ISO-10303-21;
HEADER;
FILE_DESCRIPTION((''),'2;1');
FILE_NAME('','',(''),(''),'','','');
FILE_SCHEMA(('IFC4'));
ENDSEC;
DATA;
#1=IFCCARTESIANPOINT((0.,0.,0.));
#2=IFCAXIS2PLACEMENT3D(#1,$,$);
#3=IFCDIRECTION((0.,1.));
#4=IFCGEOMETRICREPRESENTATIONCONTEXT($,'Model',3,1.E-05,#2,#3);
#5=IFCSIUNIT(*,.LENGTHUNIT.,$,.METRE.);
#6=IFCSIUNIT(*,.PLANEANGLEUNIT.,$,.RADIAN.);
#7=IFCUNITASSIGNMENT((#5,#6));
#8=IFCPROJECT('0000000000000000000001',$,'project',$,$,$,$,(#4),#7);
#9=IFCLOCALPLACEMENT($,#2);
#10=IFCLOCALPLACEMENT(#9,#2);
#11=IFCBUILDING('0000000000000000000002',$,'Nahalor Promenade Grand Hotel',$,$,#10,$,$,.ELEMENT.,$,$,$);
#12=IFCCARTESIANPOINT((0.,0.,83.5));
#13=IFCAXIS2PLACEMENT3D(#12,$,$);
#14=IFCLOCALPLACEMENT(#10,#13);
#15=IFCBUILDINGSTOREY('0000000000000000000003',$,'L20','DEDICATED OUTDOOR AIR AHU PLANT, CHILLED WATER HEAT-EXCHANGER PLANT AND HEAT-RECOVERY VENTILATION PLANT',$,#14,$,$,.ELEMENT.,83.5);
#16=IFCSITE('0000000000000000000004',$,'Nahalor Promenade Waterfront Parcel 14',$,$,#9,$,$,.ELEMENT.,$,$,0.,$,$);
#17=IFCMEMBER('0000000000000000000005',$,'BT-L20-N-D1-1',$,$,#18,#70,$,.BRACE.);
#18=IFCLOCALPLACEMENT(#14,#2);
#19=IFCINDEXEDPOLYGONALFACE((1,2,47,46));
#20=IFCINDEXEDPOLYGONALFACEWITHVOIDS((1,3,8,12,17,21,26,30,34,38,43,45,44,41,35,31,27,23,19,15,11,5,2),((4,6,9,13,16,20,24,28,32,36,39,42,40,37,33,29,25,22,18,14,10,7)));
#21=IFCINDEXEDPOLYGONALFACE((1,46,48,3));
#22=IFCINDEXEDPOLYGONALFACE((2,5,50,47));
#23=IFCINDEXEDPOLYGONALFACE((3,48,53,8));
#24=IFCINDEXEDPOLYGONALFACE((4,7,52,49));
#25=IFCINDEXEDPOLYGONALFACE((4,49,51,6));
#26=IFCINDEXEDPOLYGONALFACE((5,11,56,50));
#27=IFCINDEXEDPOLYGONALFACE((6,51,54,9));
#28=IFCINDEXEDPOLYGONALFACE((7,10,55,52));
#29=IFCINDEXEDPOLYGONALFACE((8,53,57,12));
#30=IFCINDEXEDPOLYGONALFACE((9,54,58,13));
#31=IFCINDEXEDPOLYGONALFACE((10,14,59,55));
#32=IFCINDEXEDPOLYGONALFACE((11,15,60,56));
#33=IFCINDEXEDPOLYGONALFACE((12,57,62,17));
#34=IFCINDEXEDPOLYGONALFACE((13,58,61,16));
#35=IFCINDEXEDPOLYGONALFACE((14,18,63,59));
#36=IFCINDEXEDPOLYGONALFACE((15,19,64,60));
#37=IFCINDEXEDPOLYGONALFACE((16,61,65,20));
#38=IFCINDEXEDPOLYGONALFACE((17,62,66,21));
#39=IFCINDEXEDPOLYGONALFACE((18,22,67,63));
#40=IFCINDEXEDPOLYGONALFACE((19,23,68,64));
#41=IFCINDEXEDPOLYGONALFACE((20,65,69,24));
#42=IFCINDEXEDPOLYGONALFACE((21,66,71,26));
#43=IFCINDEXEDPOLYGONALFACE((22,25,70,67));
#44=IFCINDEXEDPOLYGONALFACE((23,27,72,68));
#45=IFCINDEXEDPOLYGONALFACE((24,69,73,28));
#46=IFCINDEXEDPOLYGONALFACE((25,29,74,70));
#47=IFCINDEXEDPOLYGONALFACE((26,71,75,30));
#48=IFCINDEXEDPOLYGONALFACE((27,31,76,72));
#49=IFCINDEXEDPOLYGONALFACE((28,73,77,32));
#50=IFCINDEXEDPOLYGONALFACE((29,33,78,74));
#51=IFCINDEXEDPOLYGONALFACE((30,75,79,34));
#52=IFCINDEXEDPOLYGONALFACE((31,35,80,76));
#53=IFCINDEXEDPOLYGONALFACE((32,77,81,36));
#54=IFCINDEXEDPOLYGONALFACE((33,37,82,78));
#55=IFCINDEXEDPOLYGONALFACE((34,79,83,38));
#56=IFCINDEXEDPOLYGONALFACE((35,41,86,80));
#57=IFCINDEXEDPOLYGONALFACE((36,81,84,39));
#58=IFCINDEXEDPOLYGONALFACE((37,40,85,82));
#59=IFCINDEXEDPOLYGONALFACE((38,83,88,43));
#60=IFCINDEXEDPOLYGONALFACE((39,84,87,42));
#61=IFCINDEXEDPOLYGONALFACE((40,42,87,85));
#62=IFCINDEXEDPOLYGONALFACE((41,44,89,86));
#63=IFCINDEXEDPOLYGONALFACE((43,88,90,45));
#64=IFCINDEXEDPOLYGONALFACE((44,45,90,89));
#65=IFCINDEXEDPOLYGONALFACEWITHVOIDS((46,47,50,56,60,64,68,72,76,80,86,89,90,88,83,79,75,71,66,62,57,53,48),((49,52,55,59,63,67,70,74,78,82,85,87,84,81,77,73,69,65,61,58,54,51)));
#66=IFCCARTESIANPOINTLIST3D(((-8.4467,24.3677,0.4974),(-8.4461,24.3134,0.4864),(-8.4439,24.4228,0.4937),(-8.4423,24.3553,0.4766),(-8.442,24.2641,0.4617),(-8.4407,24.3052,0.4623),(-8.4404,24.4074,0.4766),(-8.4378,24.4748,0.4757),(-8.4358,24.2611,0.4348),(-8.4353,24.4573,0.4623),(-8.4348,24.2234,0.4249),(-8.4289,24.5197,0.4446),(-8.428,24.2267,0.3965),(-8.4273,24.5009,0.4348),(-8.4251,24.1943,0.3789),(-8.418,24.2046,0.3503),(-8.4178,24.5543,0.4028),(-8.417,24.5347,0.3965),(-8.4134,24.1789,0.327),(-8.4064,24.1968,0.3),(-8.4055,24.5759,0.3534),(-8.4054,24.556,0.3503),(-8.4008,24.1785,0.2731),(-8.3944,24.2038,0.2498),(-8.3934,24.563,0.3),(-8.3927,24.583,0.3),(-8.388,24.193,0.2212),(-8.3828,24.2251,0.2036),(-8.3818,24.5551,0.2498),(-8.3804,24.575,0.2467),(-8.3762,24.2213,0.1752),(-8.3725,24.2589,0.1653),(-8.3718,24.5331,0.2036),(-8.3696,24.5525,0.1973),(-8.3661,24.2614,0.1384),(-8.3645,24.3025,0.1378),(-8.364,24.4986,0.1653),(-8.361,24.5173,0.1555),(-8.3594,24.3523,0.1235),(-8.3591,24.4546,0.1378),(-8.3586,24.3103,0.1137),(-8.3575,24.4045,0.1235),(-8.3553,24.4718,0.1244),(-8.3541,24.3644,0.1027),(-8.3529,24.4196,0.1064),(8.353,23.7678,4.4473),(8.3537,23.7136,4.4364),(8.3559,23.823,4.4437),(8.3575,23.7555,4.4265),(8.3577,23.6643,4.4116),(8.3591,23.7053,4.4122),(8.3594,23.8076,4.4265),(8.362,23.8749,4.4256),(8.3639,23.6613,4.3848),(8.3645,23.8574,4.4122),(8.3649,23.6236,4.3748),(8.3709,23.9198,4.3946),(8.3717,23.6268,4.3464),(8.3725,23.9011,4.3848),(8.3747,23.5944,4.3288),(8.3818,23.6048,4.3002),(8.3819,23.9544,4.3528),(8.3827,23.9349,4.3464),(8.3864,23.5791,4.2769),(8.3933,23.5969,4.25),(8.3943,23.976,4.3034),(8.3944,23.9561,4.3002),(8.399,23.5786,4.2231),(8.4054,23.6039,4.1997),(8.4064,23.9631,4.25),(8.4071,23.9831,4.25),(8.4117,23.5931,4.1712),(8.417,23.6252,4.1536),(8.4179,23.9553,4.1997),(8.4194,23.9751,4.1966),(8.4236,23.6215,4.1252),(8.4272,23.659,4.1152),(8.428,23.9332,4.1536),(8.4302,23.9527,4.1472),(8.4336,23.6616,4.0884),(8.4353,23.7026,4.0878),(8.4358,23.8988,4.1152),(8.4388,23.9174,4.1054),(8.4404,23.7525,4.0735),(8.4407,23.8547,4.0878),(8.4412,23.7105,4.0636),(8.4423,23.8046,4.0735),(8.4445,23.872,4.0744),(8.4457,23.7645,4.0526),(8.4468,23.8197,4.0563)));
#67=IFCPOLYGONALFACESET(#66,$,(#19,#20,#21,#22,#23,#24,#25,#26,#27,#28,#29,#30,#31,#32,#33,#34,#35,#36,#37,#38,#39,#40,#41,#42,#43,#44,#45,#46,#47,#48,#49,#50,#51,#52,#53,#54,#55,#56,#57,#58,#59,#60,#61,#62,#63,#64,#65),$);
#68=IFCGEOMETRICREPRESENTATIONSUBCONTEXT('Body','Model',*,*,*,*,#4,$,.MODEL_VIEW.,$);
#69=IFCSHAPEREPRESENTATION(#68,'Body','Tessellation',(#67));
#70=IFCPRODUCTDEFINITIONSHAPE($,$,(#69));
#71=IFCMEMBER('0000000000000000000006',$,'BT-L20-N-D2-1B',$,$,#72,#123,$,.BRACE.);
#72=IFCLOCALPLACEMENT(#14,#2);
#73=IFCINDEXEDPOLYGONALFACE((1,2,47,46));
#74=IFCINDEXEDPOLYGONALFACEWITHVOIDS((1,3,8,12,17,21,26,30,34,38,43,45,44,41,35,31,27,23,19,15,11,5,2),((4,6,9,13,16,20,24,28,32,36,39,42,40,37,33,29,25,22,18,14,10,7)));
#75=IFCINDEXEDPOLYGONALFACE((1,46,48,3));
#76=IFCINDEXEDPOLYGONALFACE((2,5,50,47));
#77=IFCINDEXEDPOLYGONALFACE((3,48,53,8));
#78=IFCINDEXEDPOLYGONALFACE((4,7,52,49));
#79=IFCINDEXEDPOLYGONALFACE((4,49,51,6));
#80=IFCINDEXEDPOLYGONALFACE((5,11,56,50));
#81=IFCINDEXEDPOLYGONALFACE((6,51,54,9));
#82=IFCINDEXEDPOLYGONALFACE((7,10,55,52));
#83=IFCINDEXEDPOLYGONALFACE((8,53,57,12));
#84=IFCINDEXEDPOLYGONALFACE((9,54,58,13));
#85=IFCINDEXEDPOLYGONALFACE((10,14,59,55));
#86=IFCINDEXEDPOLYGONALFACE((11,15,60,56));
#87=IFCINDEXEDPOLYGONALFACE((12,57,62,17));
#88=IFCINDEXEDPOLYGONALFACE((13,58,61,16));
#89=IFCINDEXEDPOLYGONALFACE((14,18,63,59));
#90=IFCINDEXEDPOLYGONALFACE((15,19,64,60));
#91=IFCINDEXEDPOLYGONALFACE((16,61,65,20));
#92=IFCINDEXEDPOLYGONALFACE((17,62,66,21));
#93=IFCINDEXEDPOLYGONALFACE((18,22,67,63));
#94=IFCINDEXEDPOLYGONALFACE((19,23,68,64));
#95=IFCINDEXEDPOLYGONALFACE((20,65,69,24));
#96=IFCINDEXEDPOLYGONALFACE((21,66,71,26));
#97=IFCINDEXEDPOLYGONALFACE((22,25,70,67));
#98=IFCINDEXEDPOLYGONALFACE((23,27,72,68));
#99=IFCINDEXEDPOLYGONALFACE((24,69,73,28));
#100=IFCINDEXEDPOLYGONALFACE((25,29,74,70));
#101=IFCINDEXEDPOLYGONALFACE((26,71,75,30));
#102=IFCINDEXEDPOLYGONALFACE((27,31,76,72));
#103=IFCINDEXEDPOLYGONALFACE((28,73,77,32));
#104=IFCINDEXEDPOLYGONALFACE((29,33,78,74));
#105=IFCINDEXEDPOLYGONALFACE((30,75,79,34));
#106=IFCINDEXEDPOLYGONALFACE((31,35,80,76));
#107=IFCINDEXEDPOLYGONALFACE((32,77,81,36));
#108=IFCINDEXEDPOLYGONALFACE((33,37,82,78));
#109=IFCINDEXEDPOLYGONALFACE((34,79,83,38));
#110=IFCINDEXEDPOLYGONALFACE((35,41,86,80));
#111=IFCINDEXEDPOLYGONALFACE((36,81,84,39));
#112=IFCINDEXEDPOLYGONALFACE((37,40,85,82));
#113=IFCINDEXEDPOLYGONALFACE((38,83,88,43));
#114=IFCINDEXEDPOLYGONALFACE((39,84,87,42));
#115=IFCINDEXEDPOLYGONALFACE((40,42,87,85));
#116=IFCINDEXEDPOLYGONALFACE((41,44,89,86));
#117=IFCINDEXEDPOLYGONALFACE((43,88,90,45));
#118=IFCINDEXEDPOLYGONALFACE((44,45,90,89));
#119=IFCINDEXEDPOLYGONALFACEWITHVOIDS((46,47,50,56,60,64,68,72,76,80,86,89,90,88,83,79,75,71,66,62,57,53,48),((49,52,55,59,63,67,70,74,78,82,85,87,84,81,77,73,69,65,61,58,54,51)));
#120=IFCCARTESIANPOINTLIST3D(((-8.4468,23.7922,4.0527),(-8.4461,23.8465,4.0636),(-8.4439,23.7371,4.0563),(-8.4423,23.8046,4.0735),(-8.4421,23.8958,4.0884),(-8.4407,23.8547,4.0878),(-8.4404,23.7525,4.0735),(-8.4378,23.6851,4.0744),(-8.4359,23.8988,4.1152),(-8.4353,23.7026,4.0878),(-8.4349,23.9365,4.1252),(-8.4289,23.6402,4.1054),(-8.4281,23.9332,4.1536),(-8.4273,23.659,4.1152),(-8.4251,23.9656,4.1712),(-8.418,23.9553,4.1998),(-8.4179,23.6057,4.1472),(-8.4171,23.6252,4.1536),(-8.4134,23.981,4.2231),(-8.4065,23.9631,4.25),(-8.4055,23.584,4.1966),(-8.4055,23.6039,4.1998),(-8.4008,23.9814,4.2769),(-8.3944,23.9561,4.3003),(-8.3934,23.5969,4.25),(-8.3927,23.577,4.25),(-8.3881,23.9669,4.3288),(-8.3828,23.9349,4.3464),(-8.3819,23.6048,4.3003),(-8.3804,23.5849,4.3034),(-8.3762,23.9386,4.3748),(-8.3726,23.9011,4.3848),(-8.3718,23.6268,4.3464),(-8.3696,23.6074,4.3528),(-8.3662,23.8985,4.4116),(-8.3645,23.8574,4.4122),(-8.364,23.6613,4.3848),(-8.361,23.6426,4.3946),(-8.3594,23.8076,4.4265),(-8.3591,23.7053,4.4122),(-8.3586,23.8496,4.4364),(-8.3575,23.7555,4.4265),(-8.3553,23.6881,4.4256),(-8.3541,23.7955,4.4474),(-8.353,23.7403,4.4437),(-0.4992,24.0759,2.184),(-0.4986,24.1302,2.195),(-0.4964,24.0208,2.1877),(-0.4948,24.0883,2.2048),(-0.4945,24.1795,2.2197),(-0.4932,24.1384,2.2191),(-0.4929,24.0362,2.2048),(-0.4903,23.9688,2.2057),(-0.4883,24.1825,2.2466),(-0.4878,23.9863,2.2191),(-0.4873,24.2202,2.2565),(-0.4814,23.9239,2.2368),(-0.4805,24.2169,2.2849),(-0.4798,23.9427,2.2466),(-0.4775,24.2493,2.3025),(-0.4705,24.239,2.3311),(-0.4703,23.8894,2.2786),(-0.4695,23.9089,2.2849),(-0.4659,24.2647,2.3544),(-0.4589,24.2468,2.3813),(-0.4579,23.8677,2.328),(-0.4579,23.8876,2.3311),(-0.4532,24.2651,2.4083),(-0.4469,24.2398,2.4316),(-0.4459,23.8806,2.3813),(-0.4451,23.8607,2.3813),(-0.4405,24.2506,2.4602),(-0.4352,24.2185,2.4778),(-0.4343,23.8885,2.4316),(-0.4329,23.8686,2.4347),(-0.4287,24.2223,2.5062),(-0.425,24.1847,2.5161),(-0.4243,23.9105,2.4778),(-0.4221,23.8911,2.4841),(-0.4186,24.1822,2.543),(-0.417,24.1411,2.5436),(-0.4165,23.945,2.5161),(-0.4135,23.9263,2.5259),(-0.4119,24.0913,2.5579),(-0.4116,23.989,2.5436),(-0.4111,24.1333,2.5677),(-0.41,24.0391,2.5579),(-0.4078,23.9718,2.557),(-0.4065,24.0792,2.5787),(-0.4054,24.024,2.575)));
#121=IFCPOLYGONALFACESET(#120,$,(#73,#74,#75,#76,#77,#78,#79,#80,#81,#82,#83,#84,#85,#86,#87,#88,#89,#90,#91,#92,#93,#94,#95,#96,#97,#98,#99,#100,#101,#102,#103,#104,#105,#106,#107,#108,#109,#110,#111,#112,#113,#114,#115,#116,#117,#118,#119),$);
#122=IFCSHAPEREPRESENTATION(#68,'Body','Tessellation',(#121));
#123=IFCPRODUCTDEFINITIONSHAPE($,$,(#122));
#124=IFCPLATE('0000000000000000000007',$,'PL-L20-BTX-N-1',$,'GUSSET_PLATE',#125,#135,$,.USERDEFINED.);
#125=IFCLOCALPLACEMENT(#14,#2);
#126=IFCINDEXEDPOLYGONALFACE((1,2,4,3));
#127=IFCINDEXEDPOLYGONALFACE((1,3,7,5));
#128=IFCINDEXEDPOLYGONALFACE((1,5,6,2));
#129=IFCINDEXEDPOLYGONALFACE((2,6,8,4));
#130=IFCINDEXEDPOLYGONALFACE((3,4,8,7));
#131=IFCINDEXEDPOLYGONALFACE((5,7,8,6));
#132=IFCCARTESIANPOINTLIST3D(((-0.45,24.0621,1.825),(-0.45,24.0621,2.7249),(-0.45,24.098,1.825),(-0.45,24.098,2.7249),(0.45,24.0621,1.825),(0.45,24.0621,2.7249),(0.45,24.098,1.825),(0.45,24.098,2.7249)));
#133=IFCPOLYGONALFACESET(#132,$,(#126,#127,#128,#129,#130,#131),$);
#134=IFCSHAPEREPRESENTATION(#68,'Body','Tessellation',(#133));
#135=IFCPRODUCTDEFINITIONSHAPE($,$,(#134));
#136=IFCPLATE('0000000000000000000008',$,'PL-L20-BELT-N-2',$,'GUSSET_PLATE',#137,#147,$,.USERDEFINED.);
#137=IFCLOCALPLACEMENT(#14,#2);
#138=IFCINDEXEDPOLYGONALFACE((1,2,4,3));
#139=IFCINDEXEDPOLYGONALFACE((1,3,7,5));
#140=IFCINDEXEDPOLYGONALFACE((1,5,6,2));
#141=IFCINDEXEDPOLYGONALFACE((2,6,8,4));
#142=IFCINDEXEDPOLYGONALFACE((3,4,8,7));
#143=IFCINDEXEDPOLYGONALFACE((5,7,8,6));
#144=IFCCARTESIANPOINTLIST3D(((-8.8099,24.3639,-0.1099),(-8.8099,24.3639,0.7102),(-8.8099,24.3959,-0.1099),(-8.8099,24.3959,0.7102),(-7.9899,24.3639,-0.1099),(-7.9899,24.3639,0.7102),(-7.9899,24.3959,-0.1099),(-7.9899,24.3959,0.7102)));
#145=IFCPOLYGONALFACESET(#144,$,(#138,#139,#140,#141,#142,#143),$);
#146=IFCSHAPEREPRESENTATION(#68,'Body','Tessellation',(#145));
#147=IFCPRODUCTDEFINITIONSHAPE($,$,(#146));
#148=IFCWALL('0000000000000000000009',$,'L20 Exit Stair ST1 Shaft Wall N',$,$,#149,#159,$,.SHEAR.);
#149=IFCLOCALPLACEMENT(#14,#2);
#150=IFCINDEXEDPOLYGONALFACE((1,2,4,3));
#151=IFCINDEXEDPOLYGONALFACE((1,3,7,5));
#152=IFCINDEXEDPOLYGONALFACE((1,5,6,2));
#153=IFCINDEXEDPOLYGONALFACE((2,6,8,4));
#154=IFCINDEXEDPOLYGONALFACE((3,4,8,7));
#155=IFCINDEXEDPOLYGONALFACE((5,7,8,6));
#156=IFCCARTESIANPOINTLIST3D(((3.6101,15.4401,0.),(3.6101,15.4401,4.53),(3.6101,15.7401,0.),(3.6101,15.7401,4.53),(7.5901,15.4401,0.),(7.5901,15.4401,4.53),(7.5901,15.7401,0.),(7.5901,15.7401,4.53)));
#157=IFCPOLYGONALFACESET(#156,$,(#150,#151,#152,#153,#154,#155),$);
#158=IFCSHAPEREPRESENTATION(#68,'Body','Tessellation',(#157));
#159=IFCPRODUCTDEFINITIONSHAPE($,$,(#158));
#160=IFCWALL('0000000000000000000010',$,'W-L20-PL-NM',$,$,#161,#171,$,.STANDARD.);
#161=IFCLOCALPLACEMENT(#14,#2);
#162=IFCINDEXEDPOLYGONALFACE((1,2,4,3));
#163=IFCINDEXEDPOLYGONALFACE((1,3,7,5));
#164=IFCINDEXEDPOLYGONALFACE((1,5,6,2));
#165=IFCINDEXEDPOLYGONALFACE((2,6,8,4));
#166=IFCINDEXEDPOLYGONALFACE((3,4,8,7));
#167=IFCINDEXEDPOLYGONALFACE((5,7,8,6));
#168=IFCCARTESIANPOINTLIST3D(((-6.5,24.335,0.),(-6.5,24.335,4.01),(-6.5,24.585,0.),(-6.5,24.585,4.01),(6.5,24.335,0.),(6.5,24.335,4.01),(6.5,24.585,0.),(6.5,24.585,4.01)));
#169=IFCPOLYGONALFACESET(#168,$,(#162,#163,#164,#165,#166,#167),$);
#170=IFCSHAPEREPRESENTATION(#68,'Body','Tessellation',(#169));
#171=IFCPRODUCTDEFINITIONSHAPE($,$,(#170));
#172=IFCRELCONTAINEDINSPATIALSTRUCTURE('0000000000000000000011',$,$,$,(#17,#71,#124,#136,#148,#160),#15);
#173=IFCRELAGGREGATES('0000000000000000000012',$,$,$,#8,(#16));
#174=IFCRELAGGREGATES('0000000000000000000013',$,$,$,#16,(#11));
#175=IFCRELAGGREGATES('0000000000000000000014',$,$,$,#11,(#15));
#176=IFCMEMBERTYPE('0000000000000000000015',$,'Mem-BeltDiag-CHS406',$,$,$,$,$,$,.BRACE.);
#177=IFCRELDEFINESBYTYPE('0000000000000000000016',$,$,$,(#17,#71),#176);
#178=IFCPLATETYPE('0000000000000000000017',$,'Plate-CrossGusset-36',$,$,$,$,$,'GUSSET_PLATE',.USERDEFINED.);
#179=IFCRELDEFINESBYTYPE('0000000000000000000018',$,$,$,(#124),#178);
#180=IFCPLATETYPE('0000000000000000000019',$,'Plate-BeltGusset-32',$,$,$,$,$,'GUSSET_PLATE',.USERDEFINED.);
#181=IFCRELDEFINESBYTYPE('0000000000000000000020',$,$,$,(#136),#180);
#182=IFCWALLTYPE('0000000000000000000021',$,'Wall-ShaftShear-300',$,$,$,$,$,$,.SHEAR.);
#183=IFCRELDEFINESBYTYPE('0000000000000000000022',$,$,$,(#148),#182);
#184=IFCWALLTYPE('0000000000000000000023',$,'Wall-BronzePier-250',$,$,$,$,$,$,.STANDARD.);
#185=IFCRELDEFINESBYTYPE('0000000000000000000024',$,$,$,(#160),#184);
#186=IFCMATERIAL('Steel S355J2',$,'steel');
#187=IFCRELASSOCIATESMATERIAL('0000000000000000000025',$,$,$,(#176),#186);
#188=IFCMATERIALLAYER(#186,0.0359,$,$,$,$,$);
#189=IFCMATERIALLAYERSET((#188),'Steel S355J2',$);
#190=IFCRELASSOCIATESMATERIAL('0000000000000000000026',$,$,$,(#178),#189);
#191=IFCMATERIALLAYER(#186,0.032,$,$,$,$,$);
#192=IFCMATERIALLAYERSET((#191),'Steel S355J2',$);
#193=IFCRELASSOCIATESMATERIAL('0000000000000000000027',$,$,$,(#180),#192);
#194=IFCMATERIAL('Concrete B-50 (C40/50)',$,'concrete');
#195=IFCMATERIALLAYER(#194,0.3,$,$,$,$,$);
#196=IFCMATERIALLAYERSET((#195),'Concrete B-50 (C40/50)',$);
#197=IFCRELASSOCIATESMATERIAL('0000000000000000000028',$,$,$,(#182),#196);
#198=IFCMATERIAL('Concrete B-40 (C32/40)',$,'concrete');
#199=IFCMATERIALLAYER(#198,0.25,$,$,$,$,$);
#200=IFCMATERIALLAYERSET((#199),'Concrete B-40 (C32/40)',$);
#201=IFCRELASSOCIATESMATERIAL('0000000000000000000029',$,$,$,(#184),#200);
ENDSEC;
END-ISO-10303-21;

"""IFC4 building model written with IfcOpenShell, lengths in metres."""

from ifc_helpers import new_model, si_unit, direction, frame, frame_2d, origin, origin_2d, place, context, subcontext, project, spatial, rectangle, hollow_circle, extrude, source, transform, mapped, material, layer, layer_set, material_profile, profile_set, type_object, element, save


model = new_model("IFC4")

# Units and contexts
model_context = context("Model", 3, precision=1e-05, world=origin(), true_north=direction((0.0, 1.0)))
body_context = subcontext(model_context, "Body", "Model", "MODEL_VIEW")
ifc_project = project(units=[si_unit("LENGTHUNIT", "METRE"), si_unit("PLANEANGLEUNIT", "RADIAN")], contexts=[model_context])

# Site, building, storey
site_placement = place(None, origin())
site = spatial("IfcSite", under=ifc_project, at=site_placement, Name="Nahalor Promenade Waterfront Parcel 14", CompositionType="ELEMENT", RefElevation=0.0)
building_placement = place(site_placement, origin())
building = spatial("IfcBuilding", under=site, at=building_placement, Name="Nahalor Promenade Grand Hotel", CompositionType="ELEMENT")
storey_placement = place(building_placement, frame((0.0, 0.0, 83.5)))
storey = spatial("IfcBuildingStorey", under=building, at=storey_placement, Name="L20", Description="DEDICATED OUTDOOR AIR AHU PLANT, CHILLED WATER HEAT-EXCHANGER PLANT AND HEAT-RECOVERY VENTILATION PLANT", CompositionType="ELEMENT", Elevation=83.5)

# Shared definitions
ifc_material_1 = material(Name="Steel S355J2", Category="steel")

# Members
ifc_material_profile_1 = material_profile(ifc_material_1, hollow_circle(Radius=0.2032, WallThickness=0.02, at=origin_2d()), Name="CHS 406.4x20")
ifc_profile_set_1 = profile_set([ifc_material_profile_1], Name="Steel S355J2")
member_type = type_object("IfcMemberType", Name="Mem-BeltDiag-CHS406", PredefinedType="BRACE", material=ifc_profile_set_1)
shared_shape_1 = source(origin(), body_context, "Body", "SweptSolid", [
    extrude(hollow_circle(Radius=0.2032, WallThickness=0.02, at=origin_2d()), origin(), (0.0, 0.0, 1.0), 17.2683),
])
member_1_placement = place(storey_placement, frame((-8.3999, 24.3799, 0.3), z_axis=(0.972868, -0.034737, 0.22874), x_axis=(0.035683, 0.999363, 0.0)))
element("IfcMember", 1, at=member_1_placement, inside=storey, type_object=member_type, Name="BT-L20-N-D1-1", PredefinedType="BRACE", context=body_context, shape_type="MappedRepresentation", body=[
    mapped(shared_shape_1, transform((0.0, 0.0, 0.0), scale=1.0)),
])
shared_shape_2 = source(origin(), body_context, "Body", "SweptSolid", [
    extrude(hollow_circle(Radius=0.2032, WallThickness=0.02, at=origin_2d()), origin(), (0.0, 0.0, 1.0), 8.1692),
])
member_2_placement = place(storey_placement, frame((-0.4524, 24.0637, 2.3813), z_axis=(-0.972867, -0.034727, 0.228745), x_axis=(0.035673, -0.999364, 0.0)))
element("IfcMember", 2, at=member_2_placement, inside=storey, type_object=member_type, Name="BT-L20-N-D2-1B", PredefinedType="BRACE", context=body_context, shape_type="MappedRepresentation", body=[
    mapped(shared_shape_2, transform((0.0, 0.0, 0.0), scale=1.0)),
])

# Plates
ifc_layer_1 = layer(ifc_material_1, 0.0359)
ifc_layer_set_1 = layer_set([ifc_layer_1], Name="Steel S355J2")
plate_type_1 = type_object("IfcPlateType", Name="Plate-CrossGusset-36", ElementType="GUSSET_PLATE", PredefinedType="USERDEFINED", material=ifc_layer_set_1)
shared_shape_3 = source(origin(), body_context, "Body", "SweptSolid", [
    extrude(rectangle(XDim=0.8999, YDim=0.0359, at=origin_2d()), origin(), (0.0, 0.0, 1.0), 0.8999),
])
plate_1_placement = place(storey_placement, frame((0.0, 24.0801, 1.825), z_axis=(0.0, 0.0, 1.0), x_axis=(1.0, 0.0, 0.0)))
element("IfcPlate", 3, at=plate_1_placement, inside=storey, type_object=plate_type_1, Name="PL-L20-BTX-N-1", ObjectType="GUSSET_PLATE", PredefinedType="USERDEFINED", context=body_context, shape_type="MappedRepresentation", body=[
    mapped(shared_shape_3, transform((0.0, 0.0, 0.0), scale=1.0)),
])
ifc_layer_2 = layer(ifc_material_1, 0.032)
ifc_layer_set_2 = layer_set([ifc_layer_2], Name="Steel S355J2")
plate_type_2 = type_object("IfcPlateType", Name="Plate-BeltGusset-32", ElementType="GUSSET_PLATE", PredefinedType="USERDEFINED", material=ifc_layer_set_2)
shared_shape_4 = source(origin(), body_context, "Body", "SweptSolid", [
    extrude(rectangle(XDim=0.8201, YDim=0.032, at=origin_2d()), origin(), (0.0, 0.0, 1.0), 0.8201),
])
plate_2_placement = place(storey_placement, frame((-8.3999, 24.3799, -0.1099), z_axis=(0.0, 0.0, 1.0), x_axis=(1.0, 0.0, 0.0)))
element("IfcPlate", 4, at=plate_2_placement, inside=storey, type_object=plate_type_2, Name="PL-L20-BELT-N-2", ObjectType="GUSSET_PLATE", PredefinedType="USERDEFINED", context=body_context, shape_type="MappedRepresentation", body=[
    mapped(shared_shape_4, transform((0.0, 0.0, 0.0), scale=1.0)),
])

# Walls
ifc_material_2 = material(Name="Concrete B-50 (C40/50)", Category="concrete")
ifc_layer_3 = layer(ifc_material_2, 0.3)
ifc_layer_set_3 = layer_set([ifc_layer_3], Name="Concrete B-50 (C40/50)")
wall_type_1 = type_object("IfcWallType", Name="Wall-ShaftShear-300", PredefinedType="SHEAR", material=ifc_layer_set_3)
shared_shape_5 = source(origin(), body_context, "Body", "SweptSolid", [
    extrude(rectangle(XDim=3.98, YDim=0.3, at=frame_2d((1.99, 0.0))), origin(), (0.0, 0.0, 1.0), 4.53),
])
wall_1_placement = place(storey_placement, frame((3.6101, 15.5901, 0.0), z_axis=(0.0, 0.0, 1.0), x_axis=(1.0, 0.0, 0.0)))
element("IfcWall", 5, at=wall_1_placement, inside=storey, type_object=wall_type_1, Name="L20 Exit Stair ST1 Shaft Wall N", PredefinedType="SHEAR", context=body_context, shape_type="MappedRepresentation", body=[
    mapped(shared_shape_5, transform((0.0, 0.0, 0.0), scale=1.0)),
])
ifc_material_3 = material(Name="Concrete B-40 (C32/40)", Category="concrete")
ifc_layer_4 = layer(ifc_material_3, 0.25)
ifc_layer_set_4 = layer_set([ifc_layer_4], Name="Concrete B-40 (C32/40)")
wall_type_2 = type_object("IfcWallType", Name="Wall-BronzePier-250", PredefinedType="STANDARD", material=ifc_layer_set_4)
shared_shape_6 = source(origin(), body_context, "Body", "SweptSolid", [
    extrude(rectangle(XDim=13.0, YDim=0.25, at=frame_2d((6.5, 0.0))), origin(), (0.0, 0.0, 1.0), 4.01),
])
wall_2_placement = place(storey_placement, frame((-6.5, 24.46, 0.0), z_axis=(0.0, 0.0, 1.0), x_axis=(1.0, 0.0, 0.0)))
element("IfcWall", 6, at=wall_2_placement, inside=storey, type_object=wall_type_2, Name="W-L20-PL-NM", PredefinedType="STANDARD", context=body_context, shape_type="MappedRepresentation", body=[
    mapped(shared_shape_6, transform((0.0, 0.0, 0.0), scale=1.0)),
])

save(model, "model.ifc")
